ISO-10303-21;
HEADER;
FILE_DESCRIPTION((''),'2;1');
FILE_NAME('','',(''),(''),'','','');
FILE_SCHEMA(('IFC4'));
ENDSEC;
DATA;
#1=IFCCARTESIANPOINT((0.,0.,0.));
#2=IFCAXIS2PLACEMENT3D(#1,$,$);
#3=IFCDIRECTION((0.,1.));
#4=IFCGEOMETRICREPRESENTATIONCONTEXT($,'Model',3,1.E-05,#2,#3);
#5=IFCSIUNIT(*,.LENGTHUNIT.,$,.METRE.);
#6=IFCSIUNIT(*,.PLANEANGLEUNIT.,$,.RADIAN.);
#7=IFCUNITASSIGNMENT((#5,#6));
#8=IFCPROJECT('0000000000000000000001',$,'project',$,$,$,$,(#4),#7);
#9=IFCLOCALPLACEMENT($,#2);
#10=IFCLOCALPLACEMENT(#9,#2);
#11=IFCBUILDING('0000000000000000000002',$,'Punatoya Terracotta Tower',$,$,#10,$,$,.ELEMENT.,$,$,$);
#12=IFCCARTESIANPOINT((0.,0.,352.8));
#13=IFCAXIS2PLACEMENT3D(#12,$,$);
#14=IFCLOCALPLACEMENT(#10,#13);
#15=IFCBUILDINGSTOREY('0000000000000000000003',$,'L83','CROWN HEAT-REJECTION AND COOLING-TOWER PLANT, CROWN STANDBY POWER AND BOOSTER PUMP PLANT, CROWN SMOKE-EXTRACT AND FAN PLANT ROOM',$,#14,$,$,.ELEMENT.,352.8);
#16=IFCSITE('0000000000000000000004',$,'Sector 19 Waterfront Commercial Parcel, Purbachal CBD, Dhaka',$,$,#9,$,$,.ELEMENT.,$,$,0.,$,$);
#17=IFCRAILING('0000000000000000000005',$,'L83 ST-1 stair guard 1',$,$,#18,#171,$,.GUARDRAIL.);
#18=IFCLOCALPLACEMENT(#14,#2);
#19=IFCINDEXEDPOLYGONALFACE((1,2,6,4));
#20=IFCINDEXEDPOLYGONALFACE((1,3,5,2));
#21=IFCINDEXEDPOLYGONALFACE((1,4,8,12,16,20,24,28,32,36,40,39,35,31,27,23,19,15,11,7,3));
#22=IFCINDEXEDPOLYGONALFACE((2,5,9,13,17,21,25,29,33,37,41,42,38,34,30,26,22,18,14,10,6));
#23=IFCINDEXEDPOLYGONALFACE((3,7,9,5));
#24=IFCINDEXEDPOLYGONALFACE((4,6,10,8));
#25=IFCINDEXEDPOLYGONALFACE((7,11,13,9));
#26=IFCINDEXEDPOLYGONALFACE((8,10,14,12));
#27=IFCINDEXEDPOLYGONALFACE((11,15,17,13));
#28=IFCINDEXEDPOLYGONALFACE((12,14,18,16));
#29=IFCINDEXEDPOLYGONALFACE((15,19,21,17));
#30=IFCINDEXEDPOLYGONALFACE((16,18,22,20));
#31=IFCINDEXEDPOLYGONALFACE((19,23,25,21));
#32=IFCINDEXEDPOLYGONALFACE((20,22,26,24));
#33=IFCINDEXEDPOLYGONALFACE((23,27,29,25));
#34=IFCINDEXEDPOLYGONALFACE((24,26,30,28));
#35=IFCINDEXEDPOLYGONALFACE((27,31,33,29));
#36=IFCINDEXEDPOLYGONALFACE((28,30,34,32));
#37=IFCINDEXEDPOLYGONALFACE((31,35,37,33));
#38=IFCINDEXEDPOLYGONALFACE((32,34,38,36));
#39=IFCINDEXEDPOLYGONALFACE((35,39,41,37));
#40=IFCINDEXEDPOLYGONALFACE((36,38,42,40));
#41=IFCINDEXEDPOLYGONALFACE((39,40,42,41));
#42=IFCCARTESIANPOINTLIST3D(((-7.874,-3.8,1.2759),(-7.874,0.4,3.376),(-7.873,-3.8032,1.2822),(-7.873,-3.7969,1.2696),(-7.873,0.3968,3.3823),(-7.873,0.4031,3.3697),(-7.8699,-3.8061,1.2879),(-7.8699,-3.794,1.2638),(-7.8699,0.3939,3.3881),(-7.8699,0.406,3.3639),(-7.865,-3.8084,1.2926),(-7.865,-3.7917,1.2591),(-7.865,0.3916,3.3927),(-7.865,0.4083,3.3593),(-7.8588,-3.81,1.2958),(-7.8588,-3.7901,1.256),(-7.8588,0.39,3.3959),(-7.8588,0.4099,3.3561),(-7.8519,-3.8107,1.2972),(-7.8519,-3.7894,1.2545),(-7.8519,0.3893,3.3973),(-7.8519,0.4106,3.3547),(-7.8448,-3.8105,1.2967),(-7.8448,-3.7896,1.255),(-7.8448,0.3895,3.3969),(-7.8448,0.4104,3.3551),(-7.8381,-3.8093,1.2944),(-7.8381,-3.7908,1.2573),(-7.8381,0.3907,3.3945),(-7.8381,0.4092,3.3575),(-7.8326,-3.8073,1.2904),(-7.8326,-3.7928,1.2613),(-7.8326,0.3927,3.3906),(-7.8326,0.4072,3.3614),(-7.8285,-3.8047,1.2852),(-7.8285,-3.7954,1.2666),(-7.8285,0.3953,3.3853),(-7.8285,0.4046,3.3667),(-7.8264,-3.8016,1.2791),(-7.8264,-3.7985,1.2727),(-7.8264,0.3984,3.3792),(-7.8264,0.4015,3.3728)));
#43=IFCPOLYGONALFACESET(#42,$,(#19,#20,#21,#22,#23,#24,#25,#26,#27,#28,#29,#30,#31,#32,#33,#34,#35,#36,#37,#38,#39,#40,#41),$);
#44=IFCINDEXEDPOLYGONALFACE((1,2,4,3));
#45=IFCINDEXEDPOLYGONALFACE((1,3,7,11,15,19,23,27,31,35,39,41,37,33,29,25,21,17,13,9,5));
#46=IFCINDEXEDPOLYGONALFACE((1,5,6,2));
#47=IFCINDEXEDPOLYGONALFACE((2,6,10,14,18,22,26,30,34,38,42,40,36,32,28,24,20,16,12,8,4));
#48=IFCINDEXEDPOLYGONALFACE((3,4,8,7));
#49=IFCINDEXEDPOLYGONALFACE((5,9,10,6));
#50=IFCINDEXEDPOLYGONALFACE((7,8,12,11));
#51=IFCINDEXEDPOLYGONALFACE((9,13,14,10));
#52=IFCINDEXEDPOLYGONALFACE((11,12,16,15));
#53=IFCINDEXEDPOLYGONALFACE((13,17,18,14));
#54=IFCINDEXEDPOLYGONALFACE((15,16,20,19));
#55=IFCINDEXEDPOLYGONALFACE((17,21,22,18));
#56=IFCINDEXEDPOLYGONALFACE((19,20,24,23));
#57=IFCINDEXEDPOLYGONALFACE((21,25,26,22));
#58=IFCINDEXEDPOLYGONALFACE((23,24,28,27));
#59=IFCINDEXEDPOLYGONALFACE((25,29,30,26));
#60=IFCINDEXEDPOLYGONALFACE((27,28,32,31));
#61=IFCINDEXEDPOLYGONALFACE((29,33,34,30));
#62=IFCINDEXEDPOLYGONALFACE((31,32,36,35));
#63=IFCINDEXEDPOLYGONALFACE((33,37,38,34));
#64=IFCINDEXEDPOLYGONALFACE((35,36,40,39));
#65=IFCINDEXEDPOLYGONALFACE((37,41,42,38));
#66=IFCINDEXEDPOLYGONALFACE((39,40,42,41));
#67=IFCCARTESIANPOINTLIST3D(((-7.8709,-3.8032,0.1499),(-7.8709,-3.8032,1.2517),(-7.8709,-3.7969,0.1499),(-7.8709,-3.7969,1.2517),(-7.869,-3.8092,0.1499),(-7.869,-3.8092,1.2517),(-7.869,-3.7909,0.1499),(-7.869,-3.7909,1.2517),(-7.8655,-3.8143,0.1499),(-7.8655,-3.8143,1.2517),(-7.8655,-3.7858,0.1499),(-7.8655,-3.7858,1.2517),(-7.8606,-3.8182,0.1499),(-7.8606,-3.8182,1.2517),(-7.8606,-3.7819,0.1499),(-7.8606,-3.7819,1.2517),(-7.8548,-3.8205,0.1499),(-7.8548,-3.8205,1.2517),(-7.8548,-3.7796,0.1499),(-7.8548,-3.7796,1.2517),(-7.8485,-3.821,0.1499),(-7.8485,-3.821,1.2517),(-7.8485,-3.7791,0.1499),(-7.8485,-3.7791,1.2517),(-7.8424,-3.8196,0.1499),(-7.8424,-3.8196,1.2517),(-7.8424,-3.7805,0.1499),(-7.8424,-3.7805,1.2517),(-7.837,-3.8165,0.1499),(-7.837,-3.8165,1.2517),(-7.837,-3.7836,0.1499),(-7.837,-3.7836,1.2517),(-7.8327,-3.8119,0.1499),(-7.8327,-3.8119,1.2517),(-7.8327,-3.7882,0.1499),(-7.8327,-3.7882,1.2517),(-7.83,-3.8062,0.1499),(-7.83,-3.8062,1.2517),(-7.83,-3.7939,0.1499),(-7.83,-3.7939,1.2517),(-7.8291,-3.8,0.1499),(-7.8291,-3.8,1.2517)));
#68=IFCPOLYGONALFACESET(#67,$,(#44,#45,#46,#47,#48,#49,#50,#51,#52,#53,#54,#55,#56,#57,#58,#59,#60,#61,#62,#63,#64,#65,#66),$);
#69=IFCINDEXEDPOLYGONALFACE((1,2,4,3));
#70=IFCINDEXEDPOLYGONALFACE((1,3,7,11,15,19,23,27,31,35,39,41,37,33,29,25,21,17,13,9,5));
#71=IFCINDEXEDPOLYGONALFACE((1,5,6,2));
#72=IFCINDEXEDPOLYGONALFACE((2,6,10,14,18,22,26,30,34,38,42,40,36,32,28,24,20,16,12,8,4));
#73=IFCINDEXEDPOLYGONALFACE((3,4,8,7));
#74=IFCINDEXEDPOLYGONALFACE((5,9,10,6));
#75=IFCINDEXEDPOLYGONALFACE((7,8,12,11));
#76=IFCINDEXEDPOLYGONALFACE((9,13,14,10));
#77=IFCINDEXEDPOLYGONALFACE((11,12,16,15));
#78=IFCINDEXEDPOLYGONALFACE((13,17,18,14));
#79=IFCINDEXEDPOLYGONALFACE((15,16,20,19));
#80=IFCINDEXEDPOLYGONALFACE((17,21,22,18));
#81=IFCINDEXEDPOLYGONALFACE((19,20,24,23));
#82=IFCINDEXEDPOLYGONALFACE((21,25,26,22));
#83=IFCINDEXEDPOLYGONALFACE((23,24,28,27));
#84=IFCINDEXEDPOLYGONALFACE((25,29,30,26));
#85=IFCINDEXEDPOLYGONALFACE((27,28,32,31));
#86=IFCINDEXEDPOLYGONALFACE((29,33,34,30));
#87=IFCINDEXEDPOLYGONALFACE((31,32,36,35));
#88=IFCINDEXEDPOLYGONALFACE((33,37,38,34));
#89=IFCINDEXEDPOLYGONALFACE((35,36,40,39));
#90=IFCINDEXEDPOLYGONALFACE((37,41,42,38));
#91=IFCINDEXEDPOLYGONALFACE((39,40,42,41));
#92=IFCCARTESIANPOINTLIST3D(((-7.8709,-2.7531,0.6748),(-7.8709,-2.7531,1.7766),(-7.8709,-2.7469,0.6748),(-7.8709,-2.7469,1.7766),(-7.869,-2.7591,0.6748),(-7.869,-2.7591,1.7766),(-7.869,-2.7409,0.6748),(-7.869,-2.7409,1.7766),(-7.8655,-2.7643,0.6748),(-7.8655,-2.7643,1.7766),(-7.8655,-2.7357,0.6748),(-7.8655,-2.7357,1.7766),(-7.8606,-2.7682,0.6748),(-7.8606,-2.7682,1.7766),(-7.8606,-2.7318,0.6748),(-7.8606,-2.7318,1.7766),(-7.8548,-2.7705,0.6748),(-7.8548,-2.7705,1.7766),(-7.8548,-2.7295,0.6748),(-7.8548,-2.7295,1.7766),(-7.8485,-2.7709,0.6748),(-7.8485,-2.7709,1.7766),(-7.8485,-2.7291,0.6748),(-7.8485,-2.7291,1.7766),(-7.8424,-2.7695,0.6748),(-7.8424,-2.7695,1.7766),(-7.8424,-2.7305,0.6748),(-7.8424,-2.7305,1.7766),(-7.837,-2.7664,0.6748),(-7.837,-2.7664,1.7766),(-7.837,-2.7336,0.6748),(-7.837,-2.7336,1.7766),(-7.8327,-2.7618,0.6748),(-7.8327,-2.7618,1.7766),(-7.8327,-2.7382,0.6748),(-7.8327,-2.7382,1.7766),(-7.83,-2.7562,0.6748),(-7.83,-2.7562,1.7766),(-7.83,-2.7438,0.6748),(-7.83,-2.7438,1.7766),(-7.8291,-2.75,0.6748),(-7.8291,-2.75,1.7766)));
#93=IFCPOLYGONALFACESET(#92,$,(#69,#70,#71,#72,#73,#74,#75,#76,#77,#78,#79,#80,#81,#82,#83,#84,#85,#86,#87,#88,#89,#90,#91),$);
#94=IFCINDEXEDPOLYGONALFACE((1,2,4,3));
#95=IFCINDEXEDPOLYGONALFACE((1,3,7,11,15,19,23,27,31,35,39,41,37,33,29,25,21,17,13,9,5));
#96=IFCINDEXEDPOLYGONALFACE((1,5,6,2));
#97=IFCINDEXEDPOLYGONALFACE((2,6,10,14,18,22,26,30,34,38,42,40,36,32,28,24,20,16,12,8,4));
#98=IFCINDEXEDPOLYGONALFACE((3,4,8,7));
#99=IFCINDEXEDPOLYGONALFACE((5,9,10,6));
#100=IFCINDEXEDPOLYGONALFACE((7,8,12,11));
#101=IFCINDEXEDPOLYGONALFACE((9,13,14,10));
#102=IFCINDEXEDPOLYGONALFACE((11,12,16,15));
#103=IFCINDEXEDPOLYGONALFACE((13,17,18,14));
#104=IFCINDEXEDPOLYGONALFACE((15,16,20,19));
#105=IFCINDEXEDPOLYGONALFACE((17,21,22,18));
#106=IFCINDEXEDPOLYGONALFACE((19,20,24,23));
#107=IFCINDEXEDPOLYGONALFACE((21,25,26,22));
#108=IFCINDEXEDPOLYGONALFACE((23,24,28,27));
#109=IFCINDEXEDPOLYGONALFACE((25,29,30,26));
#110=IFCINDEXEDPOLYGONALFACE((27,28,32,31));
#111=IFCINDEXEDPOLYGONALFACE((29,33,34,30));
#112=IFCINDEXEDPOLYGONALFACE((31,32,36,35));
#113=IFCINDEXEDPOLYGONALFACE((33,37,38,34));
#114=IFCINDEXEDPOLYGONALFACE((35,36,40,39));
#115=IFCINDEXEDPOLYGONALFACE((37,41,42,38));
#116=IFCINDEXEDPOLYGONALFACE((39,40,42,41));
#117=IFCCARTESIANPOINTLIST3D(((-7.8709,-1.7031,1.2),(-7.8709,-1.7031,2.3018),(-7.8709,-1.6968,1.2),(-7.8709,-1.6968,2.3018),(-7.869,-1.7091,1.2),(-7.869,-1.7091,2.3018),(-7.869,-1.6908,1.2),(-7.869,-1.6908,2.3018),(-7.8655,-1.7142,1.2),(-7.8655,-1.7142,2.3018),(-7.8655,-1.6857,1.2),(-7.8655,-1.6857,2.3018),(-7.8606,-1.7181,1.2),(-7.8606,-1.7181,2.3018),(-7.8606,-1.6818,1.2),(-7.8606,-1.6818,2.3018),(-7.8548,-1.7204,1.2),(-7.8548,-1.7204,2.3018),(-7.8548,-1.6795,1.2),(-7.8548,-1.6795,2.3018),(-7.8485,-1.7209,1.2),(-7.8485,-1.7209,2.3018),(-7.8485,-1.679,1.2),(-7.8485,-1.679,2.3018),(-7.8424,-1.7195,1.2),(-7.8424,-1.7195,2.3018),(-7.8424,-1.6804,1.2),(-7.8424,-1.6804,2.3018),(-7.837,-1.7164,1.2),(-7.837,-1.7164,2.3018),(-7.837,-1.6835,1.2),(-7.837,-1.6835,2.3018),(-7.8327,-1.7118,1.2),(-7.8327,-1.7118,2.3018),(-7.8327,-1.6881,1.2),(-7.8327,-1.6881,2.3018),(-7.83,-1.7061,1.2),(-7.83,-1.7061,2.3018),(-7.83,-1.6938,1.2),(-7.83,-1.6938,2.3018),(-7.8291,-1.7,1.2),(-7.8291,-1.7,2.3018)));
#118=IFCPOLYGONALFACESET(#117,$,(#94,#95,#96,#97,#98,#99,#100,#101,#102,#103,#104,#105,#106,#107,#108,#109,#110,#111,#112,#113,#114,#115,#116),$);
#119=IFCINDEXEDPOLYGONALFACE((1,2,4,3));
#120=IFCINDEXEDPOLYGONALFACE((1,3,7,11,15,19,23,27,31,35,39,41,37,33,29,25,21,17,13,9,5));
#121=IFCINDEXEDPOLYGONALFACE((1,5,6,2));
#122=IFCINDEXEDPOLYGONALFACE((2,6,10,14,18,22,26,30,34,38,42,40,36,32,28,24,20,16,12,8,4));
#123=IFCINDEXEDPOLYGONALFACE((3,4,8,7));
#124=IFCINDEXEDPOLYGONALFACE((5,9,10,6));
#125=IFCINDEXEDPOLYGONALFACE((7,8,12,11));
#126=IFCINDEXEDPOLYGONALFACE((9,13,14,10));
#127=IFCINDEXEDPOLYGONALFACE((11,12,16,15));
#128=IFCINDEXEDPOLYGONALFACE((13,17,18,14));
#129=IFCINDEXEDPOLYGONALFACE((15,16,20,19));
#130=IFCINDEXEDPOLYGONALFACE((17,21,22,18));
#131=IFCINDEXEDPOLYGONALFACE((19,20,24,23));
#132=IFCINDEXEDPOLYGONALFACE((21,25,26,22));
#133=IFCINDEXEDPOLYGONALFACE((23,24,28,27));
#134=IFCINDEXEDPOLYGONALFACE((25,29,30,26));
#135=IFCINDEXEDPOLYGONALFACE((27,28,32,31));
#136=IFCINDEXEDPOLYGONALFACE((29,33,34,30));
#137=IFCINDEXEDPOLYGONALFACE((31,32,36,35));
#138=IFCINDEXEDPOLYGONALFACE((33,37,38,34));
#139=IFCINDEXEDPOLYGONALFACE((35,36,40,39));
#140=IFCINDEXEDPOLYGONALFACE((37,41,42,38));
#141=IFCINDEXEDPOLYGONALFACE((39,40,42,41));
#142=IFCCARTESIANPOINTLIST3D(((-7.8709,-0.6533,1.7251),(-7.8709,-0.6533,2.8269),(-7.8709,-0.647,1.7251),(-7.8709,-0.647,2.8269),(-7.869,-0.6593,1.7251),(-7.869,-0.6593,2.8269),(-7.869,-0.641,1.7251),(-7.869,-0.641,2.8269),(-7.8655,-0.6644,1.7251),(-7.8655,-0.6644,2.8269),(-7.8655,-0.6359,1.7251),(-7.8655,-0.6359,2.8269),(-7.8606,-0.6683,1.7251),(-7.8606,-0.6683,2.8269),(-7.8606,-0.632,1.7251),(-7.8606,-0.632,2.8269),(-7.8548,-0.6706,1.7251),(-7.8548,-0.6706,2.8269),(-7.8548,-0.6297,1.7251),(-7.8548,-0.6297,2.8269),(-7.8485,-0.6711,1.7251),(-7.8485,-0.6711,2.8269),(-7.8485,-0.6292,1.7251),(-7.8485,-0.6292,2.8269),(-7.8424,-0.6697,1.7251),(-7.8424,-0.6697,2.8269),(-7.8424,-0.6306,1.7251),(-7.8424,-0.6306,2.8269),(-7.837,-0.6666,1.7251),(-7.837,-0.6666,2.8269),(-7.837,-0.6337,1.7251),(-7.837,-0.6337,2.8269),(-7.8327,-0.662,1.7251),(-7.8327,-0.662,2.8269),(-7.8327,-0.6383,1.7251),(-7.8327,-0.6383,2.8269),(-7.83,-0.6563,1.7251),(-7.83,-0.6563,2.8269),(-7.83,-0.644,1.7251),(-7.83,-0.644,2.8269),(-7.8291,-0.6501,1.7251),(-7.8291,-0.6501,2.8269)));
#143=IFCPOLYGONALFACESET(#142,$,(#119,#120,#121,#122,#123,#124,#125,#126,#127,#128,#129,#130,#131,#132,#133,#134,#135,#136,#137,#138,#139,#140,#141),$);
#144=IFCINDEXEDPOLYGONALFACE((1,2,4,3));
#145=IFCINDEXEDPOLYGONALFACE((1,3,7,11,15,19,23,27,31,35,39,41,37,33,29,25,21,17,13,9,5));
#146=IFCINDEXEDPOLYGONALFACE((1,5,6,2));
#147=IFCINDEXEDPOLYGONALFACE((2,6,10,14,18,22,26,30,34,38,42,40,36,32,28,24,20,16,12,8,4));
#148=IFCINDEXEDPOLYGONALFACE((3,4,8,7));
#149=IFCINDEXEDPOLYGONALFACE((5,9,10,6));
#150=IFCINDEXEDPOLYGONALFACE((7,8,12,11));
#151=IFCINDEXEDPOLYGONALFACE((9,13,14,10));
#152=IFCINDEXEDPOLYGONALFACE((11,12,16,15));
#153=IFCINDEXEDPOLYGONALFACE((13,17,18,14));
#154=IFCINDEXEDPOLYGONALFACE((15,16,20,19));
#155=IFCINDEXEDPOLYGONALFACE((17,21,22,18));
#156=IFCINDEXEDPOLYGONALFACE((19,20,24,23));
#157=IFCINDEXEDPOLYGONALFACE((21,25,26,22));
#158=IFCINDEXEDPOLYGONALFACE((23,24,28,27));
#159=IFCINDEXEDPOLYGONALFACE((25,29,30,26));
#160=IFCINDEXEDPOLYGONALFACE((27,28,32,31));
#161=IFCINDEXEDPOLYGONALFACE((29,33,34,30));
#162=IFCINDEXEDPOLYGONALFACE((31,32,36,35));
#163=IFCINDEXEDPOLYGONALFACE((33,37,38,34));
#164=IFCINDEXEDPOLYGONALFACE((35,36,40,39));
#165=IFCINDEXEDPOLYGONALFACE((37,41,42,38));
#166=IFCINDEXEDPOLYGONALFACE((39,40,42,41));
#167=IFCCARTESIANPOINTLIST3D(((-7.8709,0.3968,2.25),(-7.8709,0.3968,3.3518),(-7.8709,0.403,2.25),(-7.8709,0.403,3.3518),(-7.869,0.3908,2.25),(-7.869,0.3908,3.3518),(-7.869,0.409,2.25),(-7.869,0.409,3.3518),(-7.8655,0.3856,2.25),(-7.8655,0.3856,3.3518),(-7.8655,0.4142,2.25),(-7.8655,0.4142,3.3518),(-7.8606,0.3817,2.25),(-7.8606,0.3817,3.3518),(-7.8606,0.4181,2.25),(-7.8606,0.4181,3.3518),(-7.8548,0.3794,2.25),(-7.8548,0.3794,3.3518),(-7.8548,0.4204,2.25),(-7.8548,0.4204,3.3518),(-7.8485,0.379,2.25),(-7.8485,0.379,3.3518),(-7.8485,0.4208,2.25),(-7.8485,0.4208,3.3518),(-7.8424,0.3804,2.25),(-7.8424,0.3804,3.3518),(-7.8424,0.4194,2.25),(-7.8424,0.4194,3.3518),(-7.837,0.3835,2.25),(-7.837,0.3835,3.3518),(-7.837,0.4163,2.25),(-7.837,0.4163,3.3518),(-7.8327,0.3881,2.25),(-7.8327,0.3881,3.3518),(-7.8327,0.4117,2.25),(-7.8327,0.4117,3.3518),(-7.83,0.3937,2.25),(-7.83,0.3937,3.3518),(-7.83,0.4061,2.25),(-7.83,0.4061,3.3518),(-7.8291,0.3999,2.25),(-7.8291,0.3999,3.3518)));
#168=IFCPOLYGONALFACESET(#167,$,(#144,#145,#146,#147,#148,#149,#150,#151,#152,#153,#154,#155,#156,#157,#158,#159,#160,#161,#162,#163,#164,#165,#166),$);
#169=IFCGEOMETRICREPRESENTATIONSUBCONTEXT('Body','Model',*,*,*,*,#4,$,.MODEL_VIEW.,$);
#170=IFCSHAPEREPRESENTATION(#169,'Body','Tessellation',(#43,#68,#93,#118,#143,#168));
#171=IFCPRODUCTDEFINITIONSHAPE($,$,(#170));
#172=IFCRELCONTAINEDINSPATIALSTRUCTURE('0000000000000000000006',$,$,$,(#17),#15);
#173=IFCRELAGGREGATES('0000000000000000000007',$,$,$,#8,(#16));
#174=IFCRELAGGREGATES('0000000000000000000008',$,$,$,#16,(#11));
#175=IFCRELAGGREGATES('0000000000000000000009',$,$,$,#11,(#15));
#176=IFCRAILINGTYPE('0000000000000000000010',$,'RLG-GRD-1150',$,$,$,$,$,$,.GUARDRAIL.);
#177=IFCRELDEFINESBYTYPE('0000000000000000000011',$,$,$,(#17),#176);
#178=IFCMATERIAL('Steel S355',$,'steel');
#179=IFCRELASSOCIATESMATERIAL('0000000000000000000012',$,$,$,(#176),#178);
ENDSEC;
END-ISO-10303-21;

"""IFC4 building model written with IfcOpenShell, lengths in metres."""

from ifc_helpers import new_model, si_unit, direction, frame, origin, origin_2d, place, context, subcontext, project, spatial, circle, extrude, material, type_object, element, save


model = new_model("IFC4")

# Units and contexts
model_context = context("Model", 3, precision=1e-05, world=origin(), true_north=direction((0.0, 1.0)))
body_context = subcontext(model_context, "Body", "Model", "MODEL_VIEW")
ifc_project = project(units=[si_unit("LENGTHUNIT", "METRE"), si_unit("PLANEANGLEUNIT", "RADIAN")], contexts=[model_context])

# Site, building, storey
site_placement = place(None, origin())
site = spatial("IfcSite", under=ifc_project, at=site_placement, Name="Sector 19 Waterfront Commercial Parcel, Purbachal CBD, Dhaka", CompositionType="ELEMENT", RefElevation=0.0)
building_placement = place(site_placement, origin())
building = spatial("IfcBuilding", under=site, at=building_placement, Name="Punatoya Terracotta Tower", CompositionType="ELEMENT")
storey_placement = place(building_placement, frame((0.0, 0.0, 352.8)))
storey = spatial("IfcBuildingStorey", under=building, at=storey_placement, Name="L83", Description="CROWN HEAT-REJECTION AND COOLING-TOWER PLANT, CROWN STANDBY POWER AND BOOSTER PUMP PLANT, CROWN SMOKE-EXTRACT AND FAN PLANT ROOM", CompositionType="ELEMENT", Elevation=352.8)

# Railing
ifc_material_1 = material(Name="Steel S355", Category="steel")
railing_type_1 = type_object("IfcRailingType", Name="RLG-GRD-1150", PredefinedType="GUARDRAIL", material=ifc_material_1)
railing_1_placement = place(storey_placement, frame((-7.8501, -3.8, 0.1499)))
element("IfcRailing", 1, at=railing_1_placement, inside=storey, type_object=railing_type_1, Name="L83 ST-1 stair guard 1", PredefinedType="GUARDRAIL", context=body_context, shape_type="SweptSolid", body=[
    extrude(circle(Radius=0.0239, at=origin_2d()), frame((0.0, 0.0, 1.126), z_axis=(0.0, 0.894417, 0.447234), x_axis=(-1.0, 0.0, 0.0)), (0.0, 0.0, 1.0), 4.6958),
    extrude(circle(Radius=0.021, at=origin_2d()), origin(), (0.0, 0.0, 1.0), 1.1018),
    extrude(circle(Radius=0.021, at=origin_2d()), frame((0.0, 1.05, 0.5249)), (0.0, 0.0, 1.0), 1.1018),
    extrude(circle(Radius=0.021, at=origin_2d()), frame((0.0, 2.1001, 1.05)), (0.0, 0.0, 1.0), 1.1018),
    extrude(circle(Radius=0.021, at=origin_2d()), frame((0.0, 3.1499, 1.5752)), (0.0, 0.0, 1.0), 1.1018),
    extrude(circle(Radius=0.021, at=origin_2d()), frame((0.0, 4.2, 2.1001)), (0.0, 0.0, 1.0), 1.1018),
])

save(model, "model.ifc")
